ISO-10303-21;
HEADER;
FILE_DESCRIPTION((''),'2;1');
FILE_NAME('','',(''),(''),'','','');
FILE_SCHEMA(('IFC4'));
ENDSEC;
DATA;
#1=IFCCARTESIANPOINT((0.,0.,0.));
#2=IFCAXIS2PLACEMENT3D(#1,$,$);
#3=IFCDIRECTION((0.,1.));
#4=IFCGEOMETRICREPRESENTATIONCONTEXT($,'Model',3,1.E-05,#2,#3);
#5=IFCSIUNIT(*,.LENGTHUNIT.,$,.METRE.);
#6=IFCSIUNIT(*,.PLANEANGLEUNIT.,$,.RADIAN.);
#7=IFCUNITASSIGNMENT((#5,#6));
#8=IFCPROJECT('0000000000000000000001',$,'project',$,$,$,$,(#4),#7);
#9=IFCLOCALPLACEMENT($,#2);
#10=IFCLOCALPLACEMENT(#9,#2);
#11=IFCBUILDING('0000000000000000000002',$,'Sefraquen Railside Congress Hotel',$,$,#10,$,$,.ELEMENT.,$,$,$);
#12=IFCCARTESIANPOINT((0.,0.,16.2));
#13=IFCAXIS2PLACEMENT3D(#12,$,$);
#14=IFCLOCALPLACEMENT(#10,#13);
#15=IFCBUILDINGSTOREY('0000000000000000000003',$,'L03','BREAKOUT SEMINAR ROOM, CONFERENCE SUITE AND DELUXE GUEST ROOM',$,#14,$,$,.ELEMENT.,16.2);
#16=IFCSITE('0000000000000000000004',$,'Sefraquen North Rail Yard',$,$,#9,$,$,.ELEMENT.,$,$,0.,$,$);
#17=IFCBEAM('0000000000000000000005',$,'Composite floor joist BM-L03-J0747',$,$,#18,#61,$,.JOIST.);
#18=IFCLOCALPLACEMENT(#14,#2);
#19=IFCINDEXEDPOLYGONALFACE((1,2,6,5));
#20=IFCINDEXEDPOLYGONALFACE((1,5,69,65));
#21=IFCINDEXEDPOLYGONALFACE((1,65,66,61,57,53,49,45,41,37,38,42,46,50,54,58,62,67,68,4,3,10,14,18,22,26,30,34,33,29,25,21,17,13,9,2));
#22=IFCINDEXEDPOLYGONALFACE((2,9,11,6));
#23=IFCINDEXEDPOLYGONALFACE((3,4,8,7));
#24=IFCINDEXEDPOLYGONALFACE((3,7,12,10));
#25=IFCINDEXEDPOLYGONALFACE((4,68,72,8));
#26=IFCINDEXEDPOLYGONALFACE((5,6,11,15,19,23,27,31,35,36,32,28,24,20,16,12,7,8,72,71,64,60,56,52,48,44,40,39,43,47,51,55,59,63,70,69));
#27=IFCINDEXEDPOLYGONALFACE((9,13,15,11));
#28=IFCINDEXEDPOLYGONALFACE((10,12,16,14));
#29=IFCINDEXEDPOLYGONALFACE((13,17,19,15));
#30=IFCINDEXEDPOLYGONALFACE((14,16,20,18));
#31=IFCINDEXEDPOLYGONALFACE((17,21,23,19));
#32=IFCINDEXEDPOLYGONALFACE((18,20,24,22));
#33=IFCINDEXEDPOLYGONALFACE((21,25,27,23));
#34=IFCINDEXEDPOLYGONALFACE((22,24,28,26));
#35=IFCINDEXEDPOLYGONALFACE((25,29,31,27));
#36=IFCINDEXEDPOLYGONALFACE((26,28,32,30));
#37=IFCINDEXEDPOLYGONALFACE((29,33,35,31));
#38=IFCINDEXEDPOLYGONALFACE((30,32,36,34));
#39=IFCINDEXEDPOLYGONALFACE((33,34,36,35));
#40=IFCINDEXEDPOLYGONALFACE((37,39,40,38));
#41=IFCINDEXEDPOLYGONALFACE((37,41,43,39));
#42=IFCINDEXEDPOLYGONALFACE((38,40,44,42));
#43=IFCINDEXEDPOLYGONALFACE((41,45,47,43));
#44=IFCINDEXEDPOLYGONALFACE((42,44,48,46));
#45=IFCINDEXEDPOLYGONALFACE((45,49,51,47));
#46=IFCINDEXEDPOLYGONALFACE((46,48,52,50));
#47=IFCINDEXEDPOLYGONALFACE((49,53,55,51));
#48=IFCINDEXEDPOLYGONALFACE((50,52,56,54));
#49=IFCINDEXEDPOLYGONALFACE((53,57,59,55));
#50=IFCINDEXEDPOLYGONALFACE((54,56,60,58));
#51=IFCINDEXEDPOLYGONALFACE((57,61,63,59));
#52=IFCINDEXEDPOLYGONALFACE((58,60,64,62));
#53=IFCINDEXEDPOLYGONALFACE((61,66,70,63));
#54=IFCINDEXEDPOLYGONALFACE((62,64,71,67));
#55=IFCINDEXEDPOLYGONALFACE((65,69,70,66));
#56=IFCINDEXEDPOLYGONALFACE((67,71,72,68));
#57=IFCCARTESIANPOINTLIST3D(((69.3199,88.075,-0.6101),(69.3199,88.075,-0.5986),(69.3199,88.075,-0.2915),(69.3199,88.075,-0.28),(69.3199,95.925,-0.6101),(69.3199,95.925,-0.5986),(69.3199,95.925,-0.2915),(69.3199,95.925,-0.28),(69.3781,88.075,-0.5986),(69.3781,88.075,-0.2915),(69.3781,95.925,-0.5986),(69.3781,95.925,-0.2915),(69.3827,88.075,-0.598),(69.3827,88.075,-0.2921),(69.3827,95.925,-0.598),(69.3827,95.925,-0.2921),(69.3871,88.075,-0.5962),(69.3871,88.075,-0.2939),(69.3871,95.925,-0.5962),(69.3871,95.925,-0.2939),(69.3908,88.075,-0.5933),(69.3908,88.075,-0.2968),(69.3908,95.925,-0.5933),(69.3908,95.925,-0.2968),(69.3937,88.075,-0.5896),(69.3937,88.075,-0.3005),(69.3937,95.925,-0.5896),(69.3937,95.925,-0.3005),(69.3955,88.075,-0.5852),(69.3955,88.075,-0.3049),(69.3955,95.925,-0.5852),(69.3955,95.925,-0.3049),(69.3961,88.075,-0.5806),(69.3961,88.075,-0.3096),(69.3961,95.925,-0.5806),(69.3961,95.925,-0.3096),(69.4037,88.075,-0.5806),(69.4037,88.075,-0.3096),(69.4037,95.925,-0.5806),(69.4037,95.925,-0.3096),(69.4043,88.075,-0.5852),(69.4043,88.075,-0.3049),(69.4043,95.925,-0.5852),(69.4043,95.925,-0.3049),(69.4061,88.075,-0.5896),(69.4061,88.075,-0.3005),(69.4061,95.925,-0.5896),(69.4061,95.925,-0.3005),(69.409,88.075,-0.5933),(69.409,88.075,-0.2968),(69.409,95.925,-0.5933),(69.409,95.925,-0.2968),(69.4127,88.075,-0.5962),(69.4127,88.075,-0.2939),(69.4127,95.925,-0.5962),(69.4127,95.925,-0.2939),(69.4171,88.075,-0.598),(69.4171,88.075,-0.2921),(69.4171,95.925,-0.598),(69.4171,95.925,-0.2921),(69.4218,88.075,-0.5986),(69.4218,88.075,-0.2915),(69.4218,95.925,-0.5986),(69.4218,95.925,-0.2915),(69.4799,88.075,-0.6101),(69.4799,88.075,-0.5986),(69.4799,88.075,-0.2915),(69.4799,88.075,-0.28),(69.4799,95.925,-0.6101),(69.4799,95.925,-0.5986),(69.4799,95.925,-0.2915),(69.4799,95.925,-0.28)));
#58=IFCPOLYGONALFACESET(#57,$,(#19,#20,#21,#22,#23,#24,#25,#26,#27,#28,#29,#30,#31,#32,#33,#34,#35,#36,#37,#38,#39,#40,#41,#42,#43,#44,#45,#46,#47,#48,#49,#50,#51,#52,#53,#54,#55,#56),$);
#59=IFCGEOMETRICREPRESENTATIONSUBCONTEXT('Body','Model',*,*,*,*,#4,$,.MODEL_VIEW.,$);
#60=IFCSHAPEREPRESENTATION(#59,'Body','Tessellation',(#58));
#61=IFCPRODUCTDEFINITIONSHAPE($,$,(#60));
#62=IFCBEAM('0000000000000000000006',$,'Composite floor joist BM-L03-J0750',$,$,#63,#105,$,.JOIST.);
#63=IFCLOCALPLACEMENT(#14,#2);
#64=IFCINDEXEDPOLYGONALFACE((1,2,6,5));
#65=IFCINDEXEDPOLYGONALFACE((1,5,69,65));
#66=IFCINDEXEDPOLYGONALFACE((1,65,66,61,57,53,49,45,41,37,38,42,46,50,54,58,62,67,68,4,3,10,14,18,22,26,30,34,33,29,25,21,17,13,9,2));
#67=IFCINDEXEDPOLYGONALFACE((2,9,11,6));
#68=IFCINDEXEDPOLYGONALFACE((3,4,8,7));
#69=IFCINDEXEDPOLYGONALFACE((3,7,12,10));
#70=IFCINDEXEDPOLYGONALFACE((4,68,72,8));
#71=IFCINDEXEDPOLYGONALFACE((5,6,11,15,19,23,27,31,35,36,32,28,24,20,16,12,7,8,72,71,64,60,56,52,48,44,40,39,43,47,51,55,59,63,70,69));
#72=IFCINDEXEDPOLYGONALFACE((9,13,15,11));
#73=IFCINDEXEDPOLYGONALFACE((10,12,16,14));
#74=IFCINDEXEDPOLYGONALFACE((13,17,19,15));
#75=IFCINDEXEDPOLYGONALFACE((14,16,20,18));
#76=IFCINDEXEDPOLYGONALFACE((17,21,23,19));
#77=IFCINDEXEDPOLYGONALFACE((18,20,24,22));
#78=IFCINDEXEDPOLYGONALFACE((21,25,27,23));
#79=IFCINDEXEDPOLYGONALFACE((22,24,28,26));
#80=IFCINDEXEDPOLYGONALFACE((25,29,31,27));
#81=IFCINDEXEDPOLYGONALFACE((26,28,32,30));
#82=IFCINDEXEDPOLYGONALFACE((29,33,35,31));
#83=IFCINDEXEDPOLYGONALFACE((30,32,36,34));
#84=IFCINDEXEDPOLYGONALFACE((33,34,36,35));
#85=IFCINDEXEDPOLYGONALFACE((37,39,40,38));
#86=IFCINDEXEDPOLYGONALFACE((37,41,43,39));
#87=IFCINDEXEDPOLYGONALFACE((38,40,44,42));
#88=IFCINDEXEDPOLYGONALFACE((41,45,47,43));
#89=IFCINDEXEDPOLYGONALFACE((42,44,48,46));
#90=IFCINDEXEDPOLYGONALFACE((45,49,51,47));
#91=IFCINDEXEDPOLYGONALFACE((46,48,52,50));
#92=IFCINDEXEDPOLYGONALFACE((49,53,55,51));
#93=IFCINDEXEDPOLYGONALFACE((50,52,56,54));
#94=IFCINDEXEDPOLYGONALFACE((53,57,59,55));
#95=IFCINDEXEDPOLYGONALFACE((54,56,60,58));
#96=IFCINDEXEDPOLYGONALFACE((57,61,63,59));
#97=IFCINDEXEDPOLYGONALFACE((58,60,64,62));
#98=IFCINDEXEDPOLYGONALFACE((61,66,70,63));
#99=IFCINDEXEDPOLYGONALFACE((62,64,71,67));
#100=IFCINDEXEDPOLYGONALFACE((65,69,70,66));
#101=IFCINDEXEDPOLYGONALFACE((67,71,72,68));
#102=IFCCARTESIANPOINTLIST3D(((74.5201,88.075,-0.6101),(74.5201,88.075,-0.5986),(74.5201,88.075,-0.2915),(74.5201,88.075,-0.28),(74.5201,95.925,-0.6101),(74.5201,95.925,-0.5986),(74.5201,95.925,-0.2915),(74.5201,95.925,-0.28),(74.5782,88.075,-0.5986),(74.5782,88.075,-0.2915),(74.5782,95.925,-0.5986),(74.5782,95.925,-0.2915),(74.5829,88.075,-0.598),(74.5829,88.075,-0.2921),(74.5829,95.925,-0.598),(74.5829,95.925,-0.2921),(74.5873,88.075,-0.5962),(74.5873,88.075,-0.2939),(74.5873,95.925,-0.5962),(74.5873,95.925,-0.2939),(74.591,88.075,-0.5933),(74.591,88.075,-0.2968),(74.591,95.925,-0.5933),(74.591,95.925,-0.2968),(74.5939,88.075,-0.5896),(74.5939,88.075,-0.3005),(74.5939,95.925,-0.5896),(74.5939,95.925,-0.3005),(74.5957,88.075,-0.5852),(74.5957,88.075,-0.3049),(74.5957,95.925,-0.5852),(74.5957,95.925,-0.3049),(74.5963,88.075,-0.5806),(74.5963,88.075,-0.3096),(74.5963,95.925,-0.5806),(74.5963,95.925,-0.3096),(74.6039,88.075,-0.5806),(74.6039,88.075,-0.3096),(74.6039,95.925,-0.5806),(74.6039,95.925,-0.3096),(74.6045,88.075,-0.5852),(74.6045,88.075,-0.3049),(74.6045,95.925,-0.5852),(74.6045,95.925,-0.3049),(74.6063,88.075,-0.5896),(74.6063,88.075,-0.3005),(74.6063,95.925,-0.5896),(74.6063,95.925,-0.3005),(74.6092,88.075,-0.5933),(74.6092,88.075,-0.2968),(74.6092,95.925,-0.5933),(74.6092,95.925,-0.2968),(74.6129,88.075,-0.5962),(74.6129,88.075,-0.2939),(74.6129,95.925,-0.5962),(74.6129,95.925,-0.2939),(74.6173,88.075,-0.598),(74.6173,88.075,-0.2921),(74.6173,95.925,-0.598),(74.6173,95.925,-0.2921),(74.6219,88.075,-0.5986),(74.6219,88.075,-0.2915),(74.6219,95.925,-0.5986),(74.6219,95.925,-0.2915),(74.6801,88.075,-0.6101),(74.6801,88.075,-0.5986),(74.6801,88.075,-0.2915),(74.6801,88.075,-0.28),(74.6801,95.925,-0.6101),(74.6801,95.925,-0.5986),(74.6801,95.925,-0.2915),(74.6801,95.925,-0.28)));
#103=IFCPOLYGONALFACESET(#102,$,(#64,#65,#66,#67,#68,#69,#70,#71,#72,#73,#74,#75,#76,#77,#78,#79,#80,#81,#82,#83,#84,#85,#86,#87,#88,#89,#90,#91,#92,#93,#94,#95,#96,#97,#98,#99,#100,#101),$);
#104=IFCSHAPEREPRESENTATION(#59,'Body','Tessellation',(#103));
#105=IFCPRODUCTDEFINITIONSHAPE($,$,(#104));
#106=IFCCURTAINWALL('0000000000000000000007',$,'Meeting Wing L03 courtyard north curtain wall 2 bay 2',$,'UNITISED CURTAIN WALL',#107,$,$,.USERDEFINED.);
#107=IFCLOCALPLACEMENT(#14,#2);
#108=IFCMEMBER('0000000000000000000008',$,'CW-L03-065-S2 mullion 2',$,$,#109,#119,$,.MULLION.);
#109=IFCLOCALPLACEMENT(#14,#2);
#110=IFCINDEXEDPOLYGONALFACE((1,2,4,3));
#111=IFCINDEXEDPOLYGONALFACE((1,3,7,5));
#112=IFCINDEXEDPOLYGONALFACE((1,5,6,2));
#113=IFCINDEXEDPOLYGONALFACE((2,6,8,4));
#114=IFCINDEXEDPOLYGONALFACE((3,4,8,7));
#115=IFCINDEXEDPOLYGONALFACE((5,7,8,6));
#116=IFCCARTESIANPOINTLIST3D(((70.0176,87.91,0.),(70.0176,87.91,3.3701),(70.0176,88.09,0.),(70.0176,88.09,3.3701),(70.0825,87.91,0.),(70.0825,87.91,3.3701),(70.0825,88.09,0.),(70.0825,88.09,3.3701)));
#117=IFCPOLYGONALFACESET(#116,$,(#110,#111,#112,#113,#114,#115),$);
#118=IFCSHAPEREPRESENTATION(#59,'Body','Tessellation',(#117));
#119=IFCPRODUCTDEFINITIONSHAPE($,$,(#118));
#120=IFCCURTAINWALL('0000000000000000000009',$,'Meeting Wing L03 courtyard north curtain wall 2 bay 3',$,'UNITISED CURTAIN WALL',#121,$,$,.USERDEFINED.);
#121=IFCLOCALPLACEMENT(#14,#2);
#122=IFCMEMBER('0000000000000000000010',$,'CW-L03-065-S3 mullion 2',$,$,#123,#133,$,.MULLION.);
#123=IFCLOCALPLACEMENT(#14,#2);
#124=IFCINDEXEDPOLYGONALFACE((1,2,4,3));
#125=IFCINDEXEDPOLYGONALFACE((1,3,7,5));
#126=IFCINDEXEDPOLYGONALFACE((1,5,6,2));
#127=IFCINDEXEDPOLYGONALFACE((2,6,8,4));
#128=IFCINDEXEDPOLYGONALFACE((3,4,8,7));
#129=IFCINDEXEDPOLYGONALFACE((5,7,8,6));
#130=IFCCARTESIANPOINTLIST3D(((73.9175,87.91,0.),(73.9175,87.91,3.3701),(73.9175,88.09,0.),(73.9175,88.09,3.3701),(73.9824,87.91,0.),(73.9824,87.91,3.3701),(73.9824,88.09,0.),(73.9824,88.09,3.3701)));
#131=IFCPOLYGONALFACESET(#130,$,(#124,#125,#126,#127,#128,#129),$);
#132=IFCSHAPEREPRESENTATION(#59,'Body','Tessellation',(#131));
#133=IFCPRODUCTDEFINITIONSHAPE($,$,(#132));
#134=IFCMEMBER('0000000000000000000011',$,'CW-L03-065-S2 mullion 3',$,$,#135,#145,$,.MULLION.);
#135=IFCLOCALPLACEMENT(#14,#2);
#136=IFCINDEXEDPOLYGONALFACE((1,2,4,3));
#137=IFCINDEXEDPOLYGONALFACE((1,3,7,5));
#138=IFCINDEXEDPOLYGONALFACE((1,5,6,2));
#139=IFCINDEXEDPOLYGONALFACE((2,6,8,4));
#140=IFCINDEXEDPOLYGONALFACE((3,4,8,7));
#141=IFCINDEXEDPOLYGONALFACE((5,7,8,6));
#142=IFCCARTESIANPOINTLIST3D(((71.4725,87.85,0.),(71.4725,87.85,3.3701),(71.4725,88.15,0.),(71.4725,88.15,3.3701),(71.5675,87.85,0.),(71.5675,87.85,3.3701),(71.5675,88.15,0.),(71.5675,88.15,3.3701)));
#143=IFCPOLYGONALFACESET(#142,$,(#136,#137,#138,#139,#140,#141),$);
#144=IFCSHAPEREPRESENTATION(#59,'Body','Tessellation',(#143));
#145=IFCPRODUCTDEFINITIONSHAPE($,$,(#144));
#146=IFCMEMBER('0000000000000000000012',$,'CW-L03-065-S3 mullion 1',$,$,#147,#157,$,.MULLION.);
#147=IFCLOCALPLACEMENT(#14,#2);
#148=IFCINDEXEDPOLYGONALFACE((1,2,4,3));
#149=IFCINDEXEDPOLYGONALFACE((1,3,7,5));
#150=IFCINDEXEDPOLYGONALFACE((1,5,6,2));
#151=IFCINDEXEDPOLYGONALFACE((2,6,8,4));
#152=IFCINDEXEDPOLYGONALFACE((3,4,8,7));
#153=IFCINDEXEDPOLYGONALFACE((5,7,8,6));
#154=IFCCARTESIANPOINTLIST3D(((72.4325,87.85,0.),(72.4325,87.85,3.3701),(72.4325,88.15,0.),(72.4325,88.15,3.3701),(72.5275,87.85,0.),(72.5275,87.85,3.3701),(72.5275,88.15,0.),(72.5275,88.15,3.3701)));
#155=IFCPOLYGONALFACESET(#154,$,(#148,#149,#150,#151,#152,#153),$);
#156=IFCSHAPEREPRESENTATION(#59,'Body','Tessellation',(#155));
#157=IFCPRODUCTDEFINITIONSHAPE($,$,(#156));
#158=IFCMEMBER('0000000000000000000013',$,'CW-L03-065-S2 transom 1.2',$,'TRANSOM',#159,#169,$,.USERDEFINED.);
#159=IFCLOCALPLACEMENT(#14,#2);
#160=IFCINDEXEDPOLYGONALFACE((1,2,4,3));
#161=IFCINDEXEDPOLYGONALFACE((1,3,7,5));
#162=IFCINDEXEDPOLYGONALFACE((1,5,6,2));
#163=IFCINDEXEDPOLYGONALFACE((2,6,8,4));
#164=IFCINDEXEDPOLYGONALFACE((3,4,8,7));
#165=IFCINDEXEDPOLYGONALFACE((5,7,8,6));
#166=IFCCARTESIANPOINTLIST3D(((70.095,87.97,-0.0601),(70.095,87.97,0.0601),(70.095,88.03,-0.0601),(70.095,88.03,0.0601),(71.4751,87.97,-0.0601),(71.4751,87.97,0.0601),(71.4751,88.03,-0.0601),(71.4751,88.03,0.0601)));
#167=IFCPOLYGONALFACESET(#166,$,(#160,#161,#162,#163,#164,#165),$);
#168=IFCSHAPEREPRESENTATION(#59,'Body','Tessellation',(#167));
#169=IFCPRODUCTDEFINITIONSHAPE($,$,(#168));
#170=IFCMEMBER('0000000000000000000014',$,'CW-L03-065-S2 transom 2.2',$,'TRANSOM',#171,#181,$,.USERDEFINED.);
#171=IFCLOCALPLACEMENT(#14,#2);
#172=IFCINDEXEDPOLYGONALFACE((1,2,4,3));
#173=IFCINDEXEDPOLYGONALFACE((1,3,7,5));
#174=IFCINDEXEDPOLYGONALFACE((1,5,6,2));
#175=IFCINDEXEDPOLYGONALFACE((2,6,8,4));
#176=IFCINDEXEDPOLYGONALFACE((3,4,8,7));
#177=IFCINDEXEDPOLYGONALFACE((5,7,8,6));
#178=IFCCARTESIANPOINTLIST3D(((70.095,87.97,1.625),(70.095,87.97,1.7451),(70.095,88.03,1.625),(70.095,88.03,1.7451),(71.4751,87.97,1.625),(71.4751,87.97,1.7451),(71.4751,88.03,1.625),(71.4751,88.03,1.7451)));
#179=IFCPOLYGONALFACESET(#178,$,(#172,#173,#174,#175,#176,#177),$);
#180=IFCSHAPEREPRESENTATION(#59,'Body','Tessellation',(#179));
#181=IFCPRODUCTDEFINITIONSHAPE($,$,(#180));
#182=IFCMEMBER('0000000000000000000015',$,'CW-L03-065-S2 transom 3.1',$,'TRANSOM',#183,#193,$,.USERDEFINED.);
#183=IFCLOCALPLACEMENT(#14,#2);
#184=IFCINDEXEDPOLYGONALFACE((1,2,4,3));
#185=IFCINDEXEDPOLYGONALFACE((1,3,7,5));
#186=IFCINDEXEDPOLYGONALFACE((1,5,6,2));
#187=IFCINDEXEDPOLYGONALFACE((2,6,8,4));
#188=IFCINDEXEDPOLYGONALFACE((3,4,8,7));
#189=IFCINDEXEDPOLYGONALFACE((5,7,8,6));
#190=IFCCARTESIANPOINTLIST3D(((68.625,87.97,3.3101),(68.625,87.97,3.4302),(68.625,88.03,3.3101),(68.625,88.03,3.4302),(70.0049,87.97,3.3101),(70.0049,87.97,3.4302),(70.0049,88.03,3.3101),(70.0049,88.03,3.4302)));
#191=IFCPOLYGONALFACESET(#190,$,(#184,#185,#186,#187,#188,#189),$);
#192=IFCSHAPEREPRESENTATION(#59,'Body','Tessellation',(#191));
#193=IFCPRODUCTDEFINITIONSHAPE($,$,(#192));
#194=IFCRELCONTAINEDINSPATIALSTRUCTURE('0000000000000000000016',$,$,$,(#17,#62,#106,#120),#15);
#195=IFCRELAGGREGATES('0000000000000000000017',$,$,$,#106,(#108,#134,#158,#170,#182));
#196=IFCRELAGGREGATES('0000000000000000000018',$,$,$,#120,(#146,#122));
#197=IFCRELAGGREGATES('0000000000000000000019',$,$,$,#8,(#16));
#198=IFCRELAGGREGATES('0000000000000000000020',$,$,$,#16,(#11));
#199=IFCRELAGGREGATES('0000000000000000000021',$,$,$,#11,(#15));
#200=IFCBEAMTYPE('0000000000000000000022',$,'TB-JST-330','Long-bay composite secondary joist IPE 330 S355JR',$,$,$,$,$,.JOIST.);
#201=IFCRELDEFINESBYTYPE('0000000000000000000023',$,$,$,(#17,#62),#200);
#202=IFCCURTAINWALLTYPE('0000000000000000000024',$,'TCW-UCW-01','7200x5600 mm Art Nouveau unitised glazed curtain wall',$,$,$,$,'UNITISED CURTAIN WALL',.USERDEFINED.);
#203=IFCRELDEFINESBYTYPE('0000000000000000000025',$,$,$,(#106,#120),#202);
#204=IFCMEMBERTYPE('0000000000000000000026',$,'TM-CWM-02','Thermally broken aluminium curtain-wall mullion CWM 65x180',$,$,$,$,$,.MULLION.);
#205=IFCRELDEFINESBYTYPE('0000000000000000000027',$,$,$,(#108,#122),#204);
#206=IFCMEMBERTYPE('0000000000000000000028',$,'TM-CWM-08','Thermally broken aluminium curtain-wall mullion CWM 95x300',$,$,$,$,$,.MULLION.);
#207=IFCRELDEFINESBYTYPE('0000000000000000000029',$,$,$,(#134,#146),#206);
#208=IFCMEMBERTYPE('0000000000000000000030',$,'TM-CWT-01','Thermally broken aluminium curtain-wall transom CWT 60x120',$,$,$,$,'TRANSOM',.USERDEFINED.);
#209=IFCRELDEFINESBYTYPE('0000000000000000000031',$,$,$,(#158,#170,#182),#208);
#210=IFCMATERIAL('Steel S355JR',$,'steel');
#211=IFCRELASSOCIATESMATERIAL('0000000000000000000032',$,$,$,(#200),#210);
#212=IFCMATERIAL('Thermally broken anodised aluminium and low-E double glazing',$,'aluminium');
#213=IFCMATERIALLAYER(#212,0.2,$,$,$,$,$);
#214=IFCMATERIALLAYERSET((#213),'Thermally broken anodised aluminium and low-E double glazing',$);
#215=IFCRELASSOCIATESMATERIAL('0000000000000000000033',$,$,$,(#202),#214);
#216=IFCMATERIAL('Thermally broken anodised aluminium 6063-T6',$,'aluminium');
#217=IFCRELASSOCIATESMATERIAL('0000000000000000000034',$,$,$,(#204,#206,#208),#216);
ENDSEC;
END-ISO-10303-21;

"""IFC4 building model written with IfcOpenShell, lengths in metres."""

from ifc_helpers import new_model, si_unit, direction, frame, origin, origin_2d, place, context, subcontext, project, spatial, rectangle, i_section, extrude, material, layer, layer_set, material_profile, profile_set, type_object, element, aggregate, save


model = new_model("IFC4")

# Units and contexts
model_context = context("Model", 3, precision=1e-05, world=origin(), true_north=direction((0.0, 1.0)))
body_context = subcontext(model_context, "Body", "Model", "MODEL_VIEW")
ifc_project = project(units=[si_unit("LENGTHUNIT", "METRE"), si_unit("PLANEANGLEUNIT", "RADIAN")], contexts=[model_context])

# Site, building, storey
site_placement = place(None, origin())
site = spatial("IfcSite", under=ifc_project, at=site_placement, Name="Sefraquen North Rail Yard", CompositionType="ELEMENT", RefElevation=0.0)
building_placement = place(site_placement, origin())
building = spatial("IfcBuilding", under=site, at=building_placement, Name="Sefraquen Railside Congress Hotel", CompositionType="ELEMENT")
storey_placement = place(building_placement, frame((0.0, 0.0, 16.2)))
storey = spatial("IfcBuildingStorey", under=building, at=storey_placement, Name="L03", Description="BREAKOUT SEMINAR ROOM, CONFERENCE SUITE AND DELUXE GUEST ROOM", CompositionType="ELEMENT", Elevation=16.2)

# Shared definitions
ifc_material_1 = material(Name="Steel S355JR", Category="steel")

# Beams
ifc_material_profile_1 = material_profile(ifc_material_1, i_section(OverallWidth=0.1599, OverallDepth=0.3301, WebThickness=0.0076, FlangeThickness=0.0115, FilletRadius=0.0181, at=origin_2d()), Name="IPE 330")
ifc_profile_set_1 = profile_set([ifc_material_profile_1], Name="Steel S355JR")
beam_type_1 = type_object("IfcBeamType", Name="TB-JST-330", Description="Long-bay composite secondary joist IPE 330 S355JR", PredefinedType="JOIST", material=ifc_profile_set_1)
for number, where, z_axis, x_axis, name in (
    (1, (69.3999, 88.075, -0.4451), (0.0, 1.0, 0.0), (-1.0, 0.0, 0.0), "Composite floor joist BM-L03-J0747"),
    (2, (74.6001, 88.075, -0.4451), (0.0, 1.0, 0.0), (-1.0, 0.0, 0.0), "Composite floor joist BM-L03-J0750"),
):
    element("IfcBeam", number, at=place(storey_placement, frame(where, z_axis=z_axis, x_axis=x_axis)), inside=storey, type_object=beam_type_1, Name=name, PredefinedType="JOIST", context=body_context, shape_type="SweptSolid", body=[
        extrude(i_section(OverallWidth=0.1599, OverallDepth=0.3301, WebThickness=0.0076, FlangeThickness=0.0115, FilletRadius=0.0181, at=origin_2d()), origin(), (0.0, 0.0, 1.0), 7.8501),
    ])

# Curtain walls, members
ifc_material_2 = material(Name="Thermally broken anodised aluminium and low-E double glazing", Category="aluminium")
ifc_layer_1 = layer(ifc_material_2, 0.2)
ifc_layer_set_1 = layer_set([ifc_layer_1], Name="Thermally broken anodised aluminium and low-E double glazing")
curtain_wall_type = type_object("IfcCurtainWallType", Name="TCW-UCW-01", Description="7200x5600 mm Art Nouveau unitised glazed curtain wall", ElementType="UNITISED CURTAIN WALL", PredefinedType="USERDEFINED", material=ifc_layer_set_1)
curtain_wall_1_placement = place(storey_placement, origin())
curtain_wall_1 = element("IfcCurtainWall", 3, at=curtain_wall_1_placement, inside=storey, type_object=curtain_wall_type, Name="Meeting Wing L03 courtyard north curtain wall 2 bay 2", ObjectType="UNITISED CURTAIN WALL", PredefinedType="USERDEFINED")
ifc_material_3 = material(Name="Thermally broken anodised aluminium 6063-T6", Category="aluminium")
ifc_material_profile_2 = material_profile(ifc_material_3, rectangle(XDim=0.0649, YDim=0.1799, at=origin_2d()), Name="CWM 65x180")
ifc_profile_set_2 = profile_set([ifc_material_profile_2], Name="Thermally broken anodised aluminium 6063-T6")
member_type_1 = type_object("IfcMemberType", Name="TM-CWM-02", Description="Thermally broken aluminium curtain-wall mullion CWM 65x180", PredefinedType="MULLION", material=ifc_profile_set_2)
member_1_placement = place(storey_placement, frame((70.05, 88.0, 0.0), z_axis=(0.0, 0.0, 1.0), x_axis=(1.0, 0.0, 0.0)))
member_1 = element("IfcMember", 4, at=member_1_placement, type_object=member_type_1, Name="CW-L03-065-S2 mullion 2", PredefinedType="MULLION", context=body_context, shape_type="SweptSolid", body=[
    extrude(rectangle(XDim=0.0649, YDim=0.1799, at=origin_2d()), origin(), (0.0, 0.0, 1.0), 3.3701),
])
curtain_wall_2_placement = place(storey_placement, origin())
curtain_wall_2 = element("IfcCurtainWall", 5, at=curtain_wall_2_placement, inside=storey, type_object=curtain_wall_type, Name="Meeting Wing L03 courtyard north curtain wall 2 bay 3", ObjectType="UNITISED CURTAIN WALL", PredefinedType="USERDEFINED")
member_2_placement = place(storey_placement, frame((73.95, 88.0, 0.0), z_axis=(0.0, 0.0, 1.0), x_axis=(1.0, 0.0, 0.0)))
member_2 = element("IfcMember", 6, at=member_2_placement, type_object=member_type_1, Name="CW-L03-065-S3 mullion 2", PredefinedType="MULLION", context=body_context, shape_type="SweptSolid", body=[
    extrude(rectangle(XDim=0.0649, YDim=0.1799, at=origin_2d()), origin(), (0.0, 0.0, 1.0), 3.3701),
])

# Members
ifc_material_profile_3 = material_profile(ifc_material_3, rectangle(XDim=0.095, YDim=0.3, at=origin_2d()), Name="CWM 95x300")
ifc_profile_set_3 = profile_set([ifc_material_profile_3], Name="Thermally broken anodised aluminium 6063-T6")
member_type_2 = type_object("IfcMemberType", Name="TM-CWM-08", Description="Thermally broken aluminium curtain-wall mullion CWM 95x300", PredefinedType="MULLION", material=ifc_profile_set_3)
member_3_placement = place(storey_placement, frame((71.52, 88.0, 0.0), z_axis=(0.0, 0.0, 1.0), x_axis=(1.0, 0.0, 0.0)))
member_3 = element("IfcMember", 7, at=member_3_placement, type_object=member_type_2, Name="CW-L03-065-S2 mullion 3", PredefinedType="MULLION", context=body_context, shape_type="SweptSolid", body=[
    extrude(rectangle(XDim=0.095, YDim=0.3, at=origin_2d()), origin(), (0.0, 0.0, 1.0), 3.3701),
])
member_4_placement = place(storey_placement, frame((72.48, 88.0, 0.0), z_axis=(0.0, 0.0, 1.0), x_axis=(1.0, 0.0, 0.0)))
member_4 = element("IfcMember", 8, at=member_4_placement, type_object=member_type_2, Name="CW-L03-065-S3 mullion 1", PredefinedType="MULLION", context=body_context, shape_type="SweptSolid", body=[
    extrude(rectangle(XDim=0.095, YDim=0.3, at=origin_2d()), origin(), (0.0, 0.0, 1.0), 3.3701),
])
ifc_material_profile_4 = material_profile(ifc_material_3, rectangle(XDim=0.0601, YDim=0.1201, at=origin_2d()), Name="CWT 60x120")
ifc_profile_set_4 = profile_set([ifc_material_profile_4], Name="Thermally broken anodised aluminium 6063-T6")
member_type_3 = type_object("IfcMemberType", Name="TM-CWT-01", Description="Thermally broken aluminium curtain-wall transom CWT 60x120", ElementType="TRANSOM", PredefinedType="USERDEFINED", material=ifc_profile_set_4)
member_5_placement = place(storey_placement, frame((70.095, 88.0, 0.0), z_axis=(1.0, 0.0, 0.0), x_axis=(0.0, 1.0, 0.0)))
member_5 = element("IfcMember", 9, at=member_5_placement, type_object=member_type_3, Name="CW-L03-065-S2 transom 1.2", ObjectType="TRANSOM", PredefinedType="USERDEFINED", context=body_context, shape_type="SweptSolid", body=[
    extrude(rectangle(XDim=0.0601, YDim=0.1201, at=origin_2d()), origin(), (0.0, 0.0, 1.0), 1.3801),
])
member_6_placement = place(storey_placement, frame((70.095, 88.0, 1.6851), z_axis=(1.0, 0.0, 0.0), x_axis=(0.0, 1.0, 0.0)))
member_6 = element("IfcMember", 10, at=member_6_placement, type_object=member_type_3, Name="CW-L03-065-S2 transom 2.2", ObjectType="TRANSOM", PredefinedType="USERDEFINED", context=body_context, shape_type="SweptSolid", body=[
    extrude(rectangle(XDim=0.0601, YDim=0.1201, at=origin_2d()), origin(), (0.0, 0.0, 1.0), 1.3801),
])
member_7_placement = place(storey_placement, frame((68.625, 88.0, 3.3701), z_axis=(1.0, 0.0, 0.0), x_axis=(0.0, 1.0, 0.0)))
member_7 = element("IfcMember", 11, at=member_7_placement, type_object=member_type_3, Name="CW-L03-065-S2 transom 3.1", ObjectType="TRANSOM", PredefinedType="USERDEFINED", context=body_context, shape_type="SweptSolid", body=[
    extrude(rectangle(XDim=0.0601, YDim=0.1201, at=origin_2d()), origin(), (0.0, 0.0, 1.0), 1.3799),
])

aggregate(curtain_wall_1, [member_1, member_3, member_5, member_6, member_7])
aggregate(curtain_wall_2, [member_4, member_2])

save(model, "model.ifc")
